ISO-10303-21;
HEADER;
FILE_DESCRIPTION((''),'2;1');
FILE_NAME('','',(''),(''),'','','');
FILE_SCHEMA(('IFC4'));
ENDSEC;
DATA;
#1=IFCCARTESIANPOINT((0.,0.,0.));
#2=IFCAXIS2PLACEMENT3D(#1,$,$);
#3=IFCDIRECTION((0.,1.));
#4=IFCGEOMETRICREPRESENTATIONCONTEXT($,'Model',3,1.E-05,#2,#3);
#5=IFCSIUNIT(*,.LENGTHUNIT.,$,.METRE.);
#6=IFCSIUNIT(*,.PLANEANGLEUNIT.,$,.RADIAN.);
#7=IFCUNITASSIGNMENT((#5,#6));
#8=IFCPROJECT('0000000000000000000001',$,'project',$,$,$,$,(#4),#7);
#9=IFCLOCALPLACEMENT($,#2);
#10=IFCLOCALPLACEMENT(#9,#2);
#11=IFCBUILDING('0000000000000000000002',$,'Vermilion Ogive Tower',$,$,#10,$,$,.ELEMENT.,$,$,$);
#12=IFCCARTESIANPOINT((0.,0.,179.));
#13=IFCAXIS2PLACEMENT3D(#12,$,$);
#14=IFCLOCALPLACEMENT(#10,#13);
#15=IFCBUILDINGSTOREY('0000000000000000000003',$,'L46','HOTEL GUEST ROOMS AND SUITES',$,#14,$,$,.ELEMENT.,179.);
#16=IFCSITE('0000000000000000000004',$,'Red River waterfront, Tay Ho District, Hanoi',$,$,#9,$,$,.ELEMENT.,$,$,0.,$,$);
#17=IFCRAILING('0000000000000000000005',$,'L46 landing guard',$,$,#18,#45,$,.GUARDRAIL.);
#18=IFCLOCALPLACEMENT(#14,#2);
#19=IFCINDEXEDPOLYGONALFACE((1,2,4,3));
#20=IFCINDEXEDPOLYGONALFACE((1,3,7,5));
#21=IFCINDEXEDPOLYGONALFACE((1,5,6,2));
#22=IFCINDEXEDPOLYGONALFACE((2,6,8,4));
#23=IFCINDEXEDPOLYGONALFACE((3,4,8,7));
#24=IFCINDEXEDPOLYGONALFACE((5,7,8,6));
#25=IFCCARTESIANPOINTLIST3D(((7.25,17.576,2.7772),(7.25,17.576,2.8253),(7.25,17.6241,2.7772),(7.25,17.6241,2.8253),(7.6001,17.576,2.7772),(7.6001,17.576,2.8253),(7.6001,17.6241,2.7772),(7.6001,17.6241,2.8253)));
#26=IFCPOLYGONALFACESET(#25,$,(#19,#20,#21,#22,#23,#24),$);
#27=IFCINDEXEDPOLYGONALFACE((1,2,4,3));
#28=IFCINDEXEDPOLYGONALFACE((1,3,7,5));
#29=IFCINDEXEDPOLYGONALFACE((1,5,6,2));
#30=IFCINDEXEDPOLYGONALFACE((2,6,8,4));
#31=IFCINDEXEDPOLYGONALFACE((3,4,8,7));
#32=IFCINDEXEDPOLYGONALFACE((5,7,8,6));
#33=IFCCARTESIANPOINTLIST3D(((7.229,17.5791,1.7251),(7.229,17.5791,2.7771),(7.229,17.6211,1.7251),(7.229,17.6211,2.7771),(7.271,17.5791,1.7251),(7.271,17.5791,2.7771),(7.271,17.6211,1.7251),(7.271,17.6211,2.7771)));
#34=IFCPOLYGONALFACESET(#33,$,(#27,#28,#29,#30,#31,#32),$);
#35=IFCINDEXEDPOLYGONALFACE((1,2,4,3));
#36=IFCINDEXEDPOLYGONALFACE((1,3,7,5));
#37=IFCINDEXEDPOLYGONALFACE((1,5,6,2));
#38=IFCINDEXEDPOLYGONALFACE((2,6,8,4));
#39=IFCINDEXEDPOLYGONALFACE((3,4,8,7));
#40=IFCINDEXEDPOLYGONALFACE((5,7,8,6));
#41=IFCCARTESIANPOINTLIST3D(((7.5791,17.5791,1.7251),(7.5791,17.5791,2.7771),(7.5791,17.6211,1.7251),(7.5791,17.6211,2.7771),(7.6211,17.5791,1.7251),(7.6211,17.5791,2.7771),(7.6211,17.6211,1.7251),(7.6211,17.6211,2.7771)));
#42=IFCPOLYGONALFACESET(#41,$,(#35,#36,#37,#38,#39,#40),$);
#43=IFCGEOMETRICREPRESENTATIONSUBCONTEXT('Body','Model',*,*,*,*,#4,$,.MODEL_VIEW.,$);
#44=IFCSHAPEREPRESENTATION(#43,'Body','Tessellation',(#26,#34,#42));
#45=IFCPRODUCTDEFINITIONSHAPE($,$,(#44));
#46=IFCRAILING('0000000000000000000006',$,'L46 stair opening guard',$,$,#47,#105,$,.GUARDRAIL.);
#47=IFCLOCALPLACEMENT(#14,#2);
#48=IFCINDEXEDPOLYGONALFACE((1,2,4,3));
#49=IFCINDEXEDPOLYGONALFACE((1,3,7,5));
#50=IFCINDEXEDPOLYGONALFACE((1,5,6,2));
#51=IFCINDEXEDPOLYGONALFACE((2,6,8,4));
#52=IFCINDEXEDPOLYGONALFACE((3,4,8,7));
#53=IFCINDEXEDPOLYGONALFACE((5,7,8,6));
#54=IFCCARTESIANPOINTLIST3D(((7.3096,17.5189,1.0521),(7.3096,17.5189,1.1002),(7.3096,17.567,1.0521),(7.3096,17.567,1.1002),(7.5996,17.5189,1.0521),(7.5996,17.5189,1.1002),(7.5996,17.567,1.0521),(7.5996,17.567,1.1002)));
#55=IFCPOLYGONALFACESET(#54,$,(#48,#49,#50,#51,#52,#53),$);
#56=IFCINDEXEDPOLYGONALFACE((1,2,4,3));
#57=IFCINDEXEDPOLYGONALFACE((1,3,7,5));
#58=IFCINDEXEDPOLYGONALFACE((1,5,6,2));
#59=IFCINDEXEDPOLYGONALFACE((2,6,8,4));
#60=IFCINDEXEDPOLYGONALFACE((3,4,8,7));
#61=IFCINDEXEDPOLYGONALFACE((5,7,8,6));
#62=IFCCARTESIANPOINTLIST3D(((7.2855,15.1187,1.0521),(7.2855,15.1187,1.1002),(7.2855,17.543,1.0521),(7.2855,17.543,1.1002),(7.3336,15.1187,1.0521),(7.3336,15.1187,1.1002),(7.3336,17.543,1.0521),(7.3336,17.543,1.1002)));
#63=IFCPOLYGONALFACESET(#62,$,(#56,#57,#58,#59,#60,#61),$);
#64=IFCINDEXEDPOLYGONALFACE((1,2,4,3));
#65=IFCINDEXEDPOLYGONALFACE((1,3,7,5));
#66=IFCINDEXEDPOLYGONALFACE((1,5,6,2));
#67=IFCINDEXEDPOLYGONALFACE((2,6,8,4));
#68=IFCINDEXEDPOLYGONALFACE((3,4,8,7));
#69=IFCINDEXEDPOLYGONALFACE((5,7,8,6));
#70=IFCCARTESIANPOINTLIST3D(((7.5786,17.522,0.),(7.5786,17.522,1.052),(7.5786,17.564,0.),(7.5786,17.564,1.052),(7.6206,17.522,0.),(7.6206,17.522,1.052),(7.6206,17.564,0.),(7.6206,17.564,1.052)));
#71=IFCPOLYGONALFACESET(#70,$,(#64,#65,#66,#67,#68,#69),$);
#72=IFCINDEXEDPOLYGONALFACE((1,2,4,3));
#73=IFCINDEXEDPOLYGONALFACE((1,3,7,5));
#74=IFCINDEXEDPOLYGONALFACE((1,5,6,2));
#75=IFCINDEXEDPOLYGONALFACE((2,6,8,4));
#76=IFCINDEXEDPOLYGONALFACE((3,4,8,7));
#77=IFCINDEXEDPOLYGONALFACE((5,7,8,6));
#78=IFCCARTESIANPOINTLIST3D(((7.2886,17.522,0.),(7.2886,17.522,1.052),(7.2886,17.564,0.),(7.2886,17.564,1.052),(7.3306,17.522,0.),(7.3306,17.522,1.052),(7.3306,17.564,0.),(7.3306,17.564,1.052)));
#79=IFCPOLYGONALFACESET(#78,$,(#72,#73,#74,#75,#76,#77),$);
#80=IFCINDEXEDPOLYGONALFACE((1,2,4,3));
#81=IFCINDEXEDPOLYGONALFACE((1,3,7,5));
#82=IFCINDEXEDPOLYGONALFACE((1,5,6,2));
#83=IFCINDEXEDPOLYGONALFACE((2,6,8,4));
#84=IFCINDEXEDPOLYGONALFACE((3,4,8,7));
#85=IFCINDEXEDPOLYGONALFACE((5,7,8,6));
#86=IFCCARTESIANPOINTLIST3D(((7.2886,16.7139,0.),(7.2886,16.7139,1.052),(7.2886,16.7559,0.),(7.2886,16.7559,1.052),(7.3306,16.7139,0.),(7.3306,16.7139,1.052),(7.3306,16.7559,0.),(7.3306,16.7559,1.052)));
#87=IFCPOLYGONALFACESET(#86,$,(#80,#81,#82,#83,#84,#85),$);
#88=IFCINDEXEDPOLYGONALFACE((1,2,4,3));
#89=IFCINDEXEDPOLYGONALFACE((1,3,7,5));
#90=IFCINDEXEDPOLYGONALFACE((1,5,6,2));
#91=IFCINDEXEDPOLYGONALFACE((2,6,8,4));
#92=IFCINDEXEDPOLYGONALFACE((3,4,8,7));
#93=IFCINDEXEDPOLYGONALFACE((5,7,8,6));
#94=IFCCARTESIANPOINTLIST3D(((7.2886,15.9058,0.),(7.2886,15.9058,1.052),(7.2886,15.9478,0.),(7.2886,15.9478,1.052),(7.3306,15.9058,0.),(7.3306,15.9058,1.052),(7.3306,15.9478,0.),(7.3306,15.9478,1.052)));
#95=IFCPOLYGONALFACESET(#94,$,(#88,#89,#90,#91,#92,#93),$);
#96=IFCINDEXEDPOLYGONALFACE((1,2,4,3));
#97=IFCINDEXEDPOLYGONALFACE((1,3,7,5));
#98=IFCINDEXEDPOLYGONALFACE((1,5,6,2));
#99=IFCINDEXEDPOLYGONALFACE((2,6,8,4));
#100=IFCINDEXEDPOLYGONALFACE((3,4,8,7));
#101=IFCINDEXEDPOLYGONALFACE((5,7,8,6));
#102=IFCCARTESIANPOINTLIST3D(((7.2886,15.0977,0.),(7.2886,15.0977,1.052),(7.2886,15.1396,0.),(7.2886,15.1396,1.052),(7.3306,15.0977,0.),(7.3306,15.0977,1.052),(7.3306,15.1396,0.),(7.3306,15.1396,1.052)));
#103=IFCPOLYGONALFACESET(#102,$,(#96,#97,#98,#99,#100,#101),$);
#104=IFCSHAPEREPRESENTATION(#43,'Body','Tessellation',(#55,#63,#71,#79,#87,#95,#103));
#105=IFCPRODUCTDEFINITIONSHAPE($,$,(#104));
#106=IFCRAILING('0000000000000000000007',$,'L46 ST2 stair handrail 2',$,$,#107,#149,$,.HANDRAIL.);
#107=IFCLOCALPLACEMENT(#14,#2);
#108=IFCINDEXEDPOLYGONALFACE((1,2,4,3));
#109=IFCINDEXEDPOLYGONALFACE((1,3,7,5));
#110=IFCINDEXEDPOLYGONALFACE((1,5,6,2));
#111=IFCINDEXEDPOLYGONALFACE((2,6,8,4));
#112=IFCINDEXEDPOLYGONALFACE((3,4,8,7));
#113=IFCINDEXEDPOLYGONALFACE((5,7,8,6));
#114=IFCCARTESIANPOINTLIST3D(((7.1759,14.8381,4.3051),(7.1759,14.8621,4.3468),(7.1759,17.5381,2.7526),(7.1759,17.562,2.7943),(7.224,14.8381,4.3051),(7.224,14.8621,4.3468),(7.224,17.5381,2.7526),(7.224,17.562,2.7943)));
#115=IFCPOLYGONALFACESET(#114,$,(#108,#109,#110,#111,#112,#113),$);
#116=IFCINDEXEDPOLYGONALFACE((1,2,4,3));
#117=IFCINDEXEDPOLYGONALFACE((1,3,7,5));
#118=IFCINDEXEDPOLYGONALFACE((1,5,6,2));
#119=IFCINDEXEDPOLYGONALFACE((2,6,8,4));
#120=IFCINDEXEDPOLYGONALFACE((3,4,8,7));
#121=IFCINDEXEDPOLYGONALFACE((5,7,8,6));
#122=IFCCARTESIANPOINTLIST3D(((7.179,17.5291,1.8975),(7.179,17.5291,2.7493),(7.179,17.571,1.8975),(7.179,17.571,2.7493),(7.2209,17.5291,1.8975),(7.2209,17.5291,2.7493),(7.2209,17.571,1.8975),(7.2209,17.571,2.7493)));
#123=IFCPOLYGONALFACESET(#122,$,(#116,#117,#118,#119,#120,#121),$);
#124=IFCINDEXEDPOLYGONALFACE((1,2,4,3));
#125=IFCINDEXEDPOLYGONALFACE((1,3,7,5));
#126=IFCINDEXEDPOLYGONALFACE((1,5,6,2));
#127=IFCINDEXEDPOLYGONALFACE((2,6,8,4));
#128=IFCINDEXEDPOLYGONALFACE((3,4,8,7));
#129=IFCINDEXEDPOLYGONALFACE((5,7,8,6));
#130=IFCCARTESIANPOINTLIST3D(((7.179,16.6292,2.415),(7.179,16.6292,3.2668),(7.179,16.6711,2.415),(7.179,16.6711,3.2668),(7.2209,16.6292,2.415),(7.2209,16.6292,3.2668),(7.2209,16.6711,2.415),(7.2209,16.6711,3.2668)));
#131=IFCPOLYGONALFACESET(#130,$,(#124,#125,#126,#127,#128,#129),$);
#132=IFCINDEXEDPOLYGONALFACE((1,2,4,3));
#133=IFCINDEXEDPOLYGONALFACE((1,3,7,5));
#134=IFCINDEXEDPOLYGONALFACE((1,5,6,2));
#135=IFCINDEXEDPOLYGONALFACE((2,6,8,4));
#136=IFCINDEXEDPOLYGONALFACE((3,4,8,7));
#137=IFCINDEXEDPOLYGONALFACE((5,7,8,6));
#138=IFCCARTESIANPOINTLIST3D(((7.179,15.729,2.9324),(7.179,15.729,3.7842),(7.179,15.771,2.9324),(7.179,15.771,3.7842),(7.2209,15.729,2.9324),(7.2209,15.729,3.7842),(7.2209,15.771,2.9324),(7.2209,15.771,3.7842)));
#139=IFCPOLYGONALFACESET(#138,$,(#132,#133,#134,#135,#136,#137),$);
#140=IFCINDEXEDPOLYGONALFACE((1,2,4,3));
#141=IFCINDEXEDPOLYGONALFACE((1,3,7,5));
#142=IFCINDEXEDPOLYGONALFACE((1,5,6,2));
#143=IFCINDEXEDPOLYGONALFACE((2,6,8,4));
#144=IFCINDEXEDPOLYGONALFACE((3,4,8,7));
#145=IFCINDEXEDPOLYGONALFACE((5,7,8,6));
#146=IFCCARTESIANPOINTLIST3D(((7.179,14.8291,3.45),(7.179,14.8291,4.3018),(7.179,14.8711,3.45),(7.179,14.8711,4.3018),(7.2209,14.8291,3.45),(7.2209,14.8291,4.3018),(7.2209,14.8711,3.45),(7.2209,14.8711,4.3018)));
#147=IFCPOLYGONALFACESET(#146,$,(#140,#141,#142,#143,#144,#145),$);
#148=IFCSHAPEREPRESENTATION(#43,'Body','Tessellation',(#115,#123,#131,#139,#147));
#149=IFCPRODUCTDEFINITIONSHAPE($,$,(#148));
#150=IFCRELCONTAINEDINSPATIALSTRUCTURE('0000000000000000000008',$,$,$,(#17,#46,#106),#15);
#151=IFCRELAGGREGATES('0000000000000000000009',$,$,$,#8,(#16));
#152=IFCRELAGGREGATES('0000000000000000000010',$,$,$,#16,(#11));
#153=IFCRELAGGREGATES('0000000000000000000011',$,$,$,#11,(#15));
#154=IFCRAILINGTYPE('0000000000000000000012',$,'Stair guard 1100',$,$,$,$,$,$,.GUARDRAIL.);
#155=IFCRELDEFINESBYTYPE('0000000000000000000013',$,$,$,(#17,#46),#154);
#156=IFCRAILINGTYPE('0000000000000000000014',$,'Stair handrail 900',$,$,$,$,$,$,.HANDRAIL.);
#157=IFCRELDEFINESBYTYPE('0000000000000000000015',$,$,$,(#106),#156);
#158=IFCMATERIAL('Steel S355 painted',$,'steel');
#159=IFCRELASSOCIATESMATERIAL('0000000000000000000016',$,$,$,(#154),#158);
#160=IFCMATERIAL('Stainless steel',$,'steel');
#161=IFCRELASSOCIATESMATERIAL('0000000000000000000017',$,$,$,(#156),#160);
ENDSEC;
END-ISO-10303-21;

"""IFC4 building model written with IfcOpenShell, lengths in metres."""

from ifc_helpers import new_model, si_unit, direction, frame, origin, origin_2d, place, context, subcontext, project, spatial, rectangle, extrude, material, type_object, element, save


model = new_model("IFC4")

# Units and contexts
model_context = context("Model", 3, precision=1e-05, world=origin(), true_north=direction((0.0, 1.0)))
body_context = subcontext(model_context, "Body", "Model", "MODEL_VIEW")
ifc_project = project(units=[si_unit("LENGTHUNIT", "METRE"), si_unit("PLANEANGLEUNIT", "RADIAN")], contexts=[model_context])

# Site, building, storey
site_placement = place(None, origin())
site = spatial("IfcSite", under=ifc_project, at=site_placement, Name="Red River waterfront, Tay Ho District, Hanoi", CompositionType="ELEMENT", RefElevation=0.0)
building_placement = place(site_placement, origin())
building = spatial("IfcBuilding", under=site, at=building_placement, Name="Vermilion Ogive Tower", CompositionType="ELEMENT")
storey_placement = place(building_placement, frame((0.0, 0.0, 179.0)))
storey = spatial("IfcBuildingStorey", under=building, at=storey_placement, Name="L46", Description="HOTEL GUEST ROOMS AND SUITES", CompositionType="ELEMENT", Elevation=179.0)

# Railings
ifc_material_1 = material(Name="Steel S355 painted", Category="steel")
railing_type_1 = type_object("IfcRailingType", Name="Stair guard 1100", PredefinedType="GUARDRAIL", material=ifc_material_1)
railing_1_placement = place(storey_placement, frame((7.25, 17.6001, 1.7251)))
element("IfcRailing", 1, at=railing_1_placement, inside=storey, type_object=railing_type_1, Name="L46 landing guard", PredefinedType="GUARDRAIL", context=body_context, shape_type="SweptSolid", body=[
    extrude(rectangle(XDim=0.0481, YDim=0.0481, at=origin_2d()), frame((0.0, 0.0, 1.0762), z_axis=(1.0, 0.0, 0.0), x_axis=(0.0, 1.0, 0.0)), (0.0, 0.0, 1.0), 0.3501),
    extrude(rectangle(XDim=0.042, YDim=0.042, at=origin_2d()), origin(), (0.0, 0.0, 1.0), 1.052),
    extrude(rectangle(XDim=0.042, YDim=0.042, at=origin_2d()), frame((0.3501, 0.0, 0.0)), (0.0, 0.0, 1.0), 1.052),
])
railing_2_placement = place(storey_placement, frame((7.5996, 17.543, 0.0)))
element("IfcRailing", 2, at=railing_2_placement, inside=storey, type_object=railing_type_1, Name="L46 stair opening guard", PredefinedType="GUARDRAIL", context=body_context, shape_type="SweptSolid", body=[
    extrude(rectangle(XDim=0.0481, YDim=0.0481, at=origin_2d()), frame((0.0, 0.0, 1.0762), z_axis=(-1.0, 0.0, 0.0), x_axis=(0.0, -1.0, 0.0)), (0.0, 0.0, 1.0), 0.29),
    extrude(rectangle(XDim=0.0481, YDim=0.0481, at=origin_2d()), frame((-0.29, 0.0, 1.0762), z_axis=(0.0, -1.0, 0.0), x_axis=(1.0, 0.0, 0.0)), (0.0, 0.0, 1.0), 2.4243),
    extrude(rectangle(XDim=0.042, YDim=0.042, at=origin_2d()), origin(), (0.0, 0.0, 1.0), 1.052),
    extrude(rectangle(XDim=0.042, YDim=0.042, at=origin_2d()), frame((-0.29, 0.0, 0.0)), (0.0, 0.0, 1.0), 1.052),
    extrude(rectangle(XDim=0.042, YDim=0.042, at=origin_2d()), frame((-0.29, -0.8081, 0.0)), (0.0, 0.0, 1.0), 1.052),
    extrude(rectangle(XDim=0.042, YDim=0.042, at=origin_2d()), frame((-0.29, -1.6162, 0.0)), (0.0, 0.0, 1.0), 1.052),
    extrude(rectangle(XDim=0.042, YDim=0.042, at=origin_2d()), frame((-0.29, -2.4243, 0.0)), (0.0, 0.0, 1.0), 1.052),
])
ifc_material_2 = material(Name="Stainless steel", Category="steel")
railing_type_2 = type_object("IfcRailingType", Name="Stair handrail 900", PredefinedType="HANDRAIL", material=ifc_material_2)
railing_3_placement = place(storey_placement, frame((7.2, 17.55, 1.8975)))
element("IfcRailing", 3, at=railing_3_placement, inside=storey, type_object=railing_type_2, Name="L46 ST2 stair handrail 2", PredefinedType="HANDRAIL", context=body_context, shape_type="SweptSolid", body=[
    extrude(rectangle(XDim=0.0481, YDim=0.0481, at=origin_2d()), frame((0.0, 0.0, 0.876), z_axis=(0.0, -0.866904, 0.498476), x_axis=(1.0, 0.0, 0.0)), (0.0, 0.0, 1.0), 3.1145),
    extrude(rectangle(XDim=0.042, YDim=0.042, at=origin_2d()), origin(), (0.0, 0.0, 1.0), 0.8518),
    extrude(rectangle(XDim=0.042, YDim=0.042, at=origin_2d()), frame((0.0, -0.8999, 0.5176)), (0.0, 0.0, 1.0), 0.8518),
    extrude(rectangle(XDim=0.042, YDim=0.042, at=origin_2d()), frame((0.0, -1.8, 1.0349)), (0.0, 0.0, 1.0), 0.8518),
    extrude(rectangle(XDim=0.042, YDim=0.042, at=origin_2d()), frame((0.0, -2.7, 1.5525)), (0.0, 0.0, 1.0), 0.8518),
])

save(model, "model.ifc")
